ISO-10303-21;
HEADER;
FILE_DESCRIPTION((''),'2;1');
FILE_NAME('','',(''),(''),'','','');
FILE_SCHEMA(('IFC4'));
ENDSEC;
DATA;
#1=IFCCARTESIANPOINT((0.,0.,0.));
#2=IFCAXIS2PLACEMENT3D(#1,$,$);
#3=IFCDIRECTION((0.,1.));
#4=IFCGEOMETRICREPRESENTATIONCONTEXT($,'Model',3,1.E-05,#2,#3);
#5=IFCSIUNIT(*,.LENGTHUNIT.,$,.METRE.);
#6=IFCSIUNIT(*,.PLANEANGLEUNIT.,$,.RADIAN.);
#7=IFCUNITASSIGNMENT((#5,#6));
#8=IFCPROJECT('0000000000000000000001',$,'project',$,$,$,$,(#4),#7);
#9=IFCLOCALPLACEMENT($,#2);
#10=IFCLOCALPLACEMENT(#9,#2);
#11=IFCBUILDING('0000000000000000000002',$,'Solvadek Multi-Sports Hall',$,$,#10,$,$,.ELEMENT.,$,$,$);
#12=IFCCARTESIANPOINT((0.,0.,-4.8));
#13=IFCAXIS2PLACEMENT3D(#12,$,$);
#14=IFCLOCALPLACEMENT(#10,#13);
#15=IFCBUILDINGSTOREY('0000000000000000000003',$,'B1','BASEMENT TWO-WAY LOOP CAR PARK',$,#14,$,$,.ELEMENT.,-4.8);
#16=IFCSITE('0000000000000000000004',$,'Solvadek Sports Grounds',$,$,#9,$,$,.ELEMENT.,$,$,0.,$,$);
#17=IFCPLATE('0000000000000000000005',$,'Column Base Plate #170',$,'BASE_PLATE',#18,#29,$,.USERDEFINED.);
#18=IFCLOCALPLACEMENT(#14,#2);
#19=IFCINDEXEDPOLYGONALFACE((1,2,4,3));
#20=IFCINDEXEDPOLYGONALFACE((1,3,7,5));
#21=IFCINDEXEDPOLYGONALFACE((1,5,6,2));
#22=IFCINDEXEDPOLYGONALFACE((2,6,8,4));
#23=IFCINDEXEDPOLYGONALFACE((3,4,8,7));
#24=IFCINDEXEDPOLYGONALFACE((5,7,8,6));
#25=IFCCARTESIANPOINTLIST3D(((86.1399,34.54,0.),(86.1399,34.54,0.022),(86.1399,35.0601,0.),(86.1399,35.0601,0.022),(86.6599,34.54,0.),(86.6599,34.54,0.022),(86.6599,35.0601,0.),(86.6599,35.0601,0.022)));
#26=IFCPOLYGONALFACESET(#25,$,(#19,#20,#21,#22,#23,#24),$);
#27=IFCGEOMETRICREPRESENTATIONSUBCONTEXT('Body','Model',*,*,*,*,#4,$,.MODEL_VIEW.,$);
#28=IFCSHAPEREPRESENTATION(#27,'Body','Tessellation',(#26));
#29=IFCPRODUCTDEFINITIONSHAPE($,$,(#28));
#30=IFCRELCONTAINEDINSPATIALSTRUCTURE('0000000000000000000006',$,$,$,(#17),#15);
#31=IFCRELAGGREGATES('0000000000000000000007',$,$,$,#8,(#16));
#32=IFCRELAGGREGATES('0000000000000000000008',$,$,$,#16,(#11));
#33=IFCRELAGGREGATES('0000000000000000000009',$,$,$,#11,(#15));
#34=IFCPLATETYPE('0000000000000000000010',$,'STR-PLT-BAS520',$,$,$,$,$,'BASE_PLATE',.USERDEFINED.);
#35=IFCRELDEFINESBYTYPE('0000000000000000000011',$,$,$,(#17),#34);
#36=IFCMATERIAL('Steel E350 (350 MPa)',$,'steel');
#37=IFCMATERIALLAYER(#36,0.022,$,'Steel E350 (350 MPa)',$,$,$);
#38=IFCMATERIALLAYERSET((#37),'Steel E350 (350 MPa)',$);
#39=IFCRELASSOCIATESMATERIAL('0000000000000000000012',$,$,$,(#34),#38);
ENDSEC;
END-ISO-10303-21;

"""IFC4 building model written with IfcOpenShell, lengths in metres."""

from ifc_helpers import new_model, si_unit, direction, frame, origin, origin_2d, place, context, subcontext, project, spatial, rectangle, extrude, material, layer, layer_set, type_object, element, save


model = new_model("IFC4")

# Units and contexts
model_context = context("Model", 3, precision=1e-05, world=origin(), true_north=direction((0.0, 1.0)))
body_context = subcontext(model_context, "Body", "Model", "MODEL_VIEW")
ifc_project = project(units=[si_unit("LENGTHUNIT", "METRE"), si_unit("PLANEANGLEUNIT", "RADIAN")], contexts=[model_context])

# Site, building, storey
site_placement = place(None, origin())
site = spatial("IfcSite", under=ifc_project, at=site_placement, Name="Solvadek Sports Grounds", CompositionType="ELEMENT", RefElevation=0.0)
building_placement = place(site_placement, origin())
building = spatial("IfcBuilding", under=site, at=building_placement, Name="Solvadek Multi-Sports Hall", CompositionType="ELEMENT")
storey_placement = place(building_placement, frame((0.0, 0.0, -4.8)))
storey = spatial("IfcBuildingStorey", under=building, at=storey_placement, Name="B1", Description="BASEMENT TWO-WAY LOOP CAR PARK", CompositionType="ELEMENT", Elevation=-4.8)

# Shared definitions
ifc_material_1 = material(Name="Steel E350 (350 MPa)", Category="steel")

# Plate
ifc_layer = layer(ifc_material_1, 0.022, Name="Steel E350 (350 MPa)")
ifc_layer_set = layer_set([ifc_layer], Name="Steel E350 (350 MPa)")
plate_type = type_object("IfcPlateType", Name="STR-PLT-BAS520", ElementType="BASE_PLATE", PredefinedType="USERDEFINED", material=ifc_layer_set)
for number, where, z_axis, x_axis, name in (
    (1, (86.3999, 34.8, 0.0), (0.0, 0.0, 1.0), (1.0, 0.0, 0.0), "Column Base Plate #170"),
):
    element("IfcPlate", number, at=place(storey_placement, frame(where, z_axis=z_axis, x_axis=x_axis)), inside=storey, type_object=plate_type, Name=name, ObjectType="BASE_PLATE", PredefinedType="USERDEFINED", context=body_context, shape_type="SweptSolid", body=[
        extrude(rectangle(XDim=0.52, YDim=0.52, at=origin_2d()), origin(), (0.0, 0.0, 1.0), 0.022),
    ])

save(model, "model.ifc")
